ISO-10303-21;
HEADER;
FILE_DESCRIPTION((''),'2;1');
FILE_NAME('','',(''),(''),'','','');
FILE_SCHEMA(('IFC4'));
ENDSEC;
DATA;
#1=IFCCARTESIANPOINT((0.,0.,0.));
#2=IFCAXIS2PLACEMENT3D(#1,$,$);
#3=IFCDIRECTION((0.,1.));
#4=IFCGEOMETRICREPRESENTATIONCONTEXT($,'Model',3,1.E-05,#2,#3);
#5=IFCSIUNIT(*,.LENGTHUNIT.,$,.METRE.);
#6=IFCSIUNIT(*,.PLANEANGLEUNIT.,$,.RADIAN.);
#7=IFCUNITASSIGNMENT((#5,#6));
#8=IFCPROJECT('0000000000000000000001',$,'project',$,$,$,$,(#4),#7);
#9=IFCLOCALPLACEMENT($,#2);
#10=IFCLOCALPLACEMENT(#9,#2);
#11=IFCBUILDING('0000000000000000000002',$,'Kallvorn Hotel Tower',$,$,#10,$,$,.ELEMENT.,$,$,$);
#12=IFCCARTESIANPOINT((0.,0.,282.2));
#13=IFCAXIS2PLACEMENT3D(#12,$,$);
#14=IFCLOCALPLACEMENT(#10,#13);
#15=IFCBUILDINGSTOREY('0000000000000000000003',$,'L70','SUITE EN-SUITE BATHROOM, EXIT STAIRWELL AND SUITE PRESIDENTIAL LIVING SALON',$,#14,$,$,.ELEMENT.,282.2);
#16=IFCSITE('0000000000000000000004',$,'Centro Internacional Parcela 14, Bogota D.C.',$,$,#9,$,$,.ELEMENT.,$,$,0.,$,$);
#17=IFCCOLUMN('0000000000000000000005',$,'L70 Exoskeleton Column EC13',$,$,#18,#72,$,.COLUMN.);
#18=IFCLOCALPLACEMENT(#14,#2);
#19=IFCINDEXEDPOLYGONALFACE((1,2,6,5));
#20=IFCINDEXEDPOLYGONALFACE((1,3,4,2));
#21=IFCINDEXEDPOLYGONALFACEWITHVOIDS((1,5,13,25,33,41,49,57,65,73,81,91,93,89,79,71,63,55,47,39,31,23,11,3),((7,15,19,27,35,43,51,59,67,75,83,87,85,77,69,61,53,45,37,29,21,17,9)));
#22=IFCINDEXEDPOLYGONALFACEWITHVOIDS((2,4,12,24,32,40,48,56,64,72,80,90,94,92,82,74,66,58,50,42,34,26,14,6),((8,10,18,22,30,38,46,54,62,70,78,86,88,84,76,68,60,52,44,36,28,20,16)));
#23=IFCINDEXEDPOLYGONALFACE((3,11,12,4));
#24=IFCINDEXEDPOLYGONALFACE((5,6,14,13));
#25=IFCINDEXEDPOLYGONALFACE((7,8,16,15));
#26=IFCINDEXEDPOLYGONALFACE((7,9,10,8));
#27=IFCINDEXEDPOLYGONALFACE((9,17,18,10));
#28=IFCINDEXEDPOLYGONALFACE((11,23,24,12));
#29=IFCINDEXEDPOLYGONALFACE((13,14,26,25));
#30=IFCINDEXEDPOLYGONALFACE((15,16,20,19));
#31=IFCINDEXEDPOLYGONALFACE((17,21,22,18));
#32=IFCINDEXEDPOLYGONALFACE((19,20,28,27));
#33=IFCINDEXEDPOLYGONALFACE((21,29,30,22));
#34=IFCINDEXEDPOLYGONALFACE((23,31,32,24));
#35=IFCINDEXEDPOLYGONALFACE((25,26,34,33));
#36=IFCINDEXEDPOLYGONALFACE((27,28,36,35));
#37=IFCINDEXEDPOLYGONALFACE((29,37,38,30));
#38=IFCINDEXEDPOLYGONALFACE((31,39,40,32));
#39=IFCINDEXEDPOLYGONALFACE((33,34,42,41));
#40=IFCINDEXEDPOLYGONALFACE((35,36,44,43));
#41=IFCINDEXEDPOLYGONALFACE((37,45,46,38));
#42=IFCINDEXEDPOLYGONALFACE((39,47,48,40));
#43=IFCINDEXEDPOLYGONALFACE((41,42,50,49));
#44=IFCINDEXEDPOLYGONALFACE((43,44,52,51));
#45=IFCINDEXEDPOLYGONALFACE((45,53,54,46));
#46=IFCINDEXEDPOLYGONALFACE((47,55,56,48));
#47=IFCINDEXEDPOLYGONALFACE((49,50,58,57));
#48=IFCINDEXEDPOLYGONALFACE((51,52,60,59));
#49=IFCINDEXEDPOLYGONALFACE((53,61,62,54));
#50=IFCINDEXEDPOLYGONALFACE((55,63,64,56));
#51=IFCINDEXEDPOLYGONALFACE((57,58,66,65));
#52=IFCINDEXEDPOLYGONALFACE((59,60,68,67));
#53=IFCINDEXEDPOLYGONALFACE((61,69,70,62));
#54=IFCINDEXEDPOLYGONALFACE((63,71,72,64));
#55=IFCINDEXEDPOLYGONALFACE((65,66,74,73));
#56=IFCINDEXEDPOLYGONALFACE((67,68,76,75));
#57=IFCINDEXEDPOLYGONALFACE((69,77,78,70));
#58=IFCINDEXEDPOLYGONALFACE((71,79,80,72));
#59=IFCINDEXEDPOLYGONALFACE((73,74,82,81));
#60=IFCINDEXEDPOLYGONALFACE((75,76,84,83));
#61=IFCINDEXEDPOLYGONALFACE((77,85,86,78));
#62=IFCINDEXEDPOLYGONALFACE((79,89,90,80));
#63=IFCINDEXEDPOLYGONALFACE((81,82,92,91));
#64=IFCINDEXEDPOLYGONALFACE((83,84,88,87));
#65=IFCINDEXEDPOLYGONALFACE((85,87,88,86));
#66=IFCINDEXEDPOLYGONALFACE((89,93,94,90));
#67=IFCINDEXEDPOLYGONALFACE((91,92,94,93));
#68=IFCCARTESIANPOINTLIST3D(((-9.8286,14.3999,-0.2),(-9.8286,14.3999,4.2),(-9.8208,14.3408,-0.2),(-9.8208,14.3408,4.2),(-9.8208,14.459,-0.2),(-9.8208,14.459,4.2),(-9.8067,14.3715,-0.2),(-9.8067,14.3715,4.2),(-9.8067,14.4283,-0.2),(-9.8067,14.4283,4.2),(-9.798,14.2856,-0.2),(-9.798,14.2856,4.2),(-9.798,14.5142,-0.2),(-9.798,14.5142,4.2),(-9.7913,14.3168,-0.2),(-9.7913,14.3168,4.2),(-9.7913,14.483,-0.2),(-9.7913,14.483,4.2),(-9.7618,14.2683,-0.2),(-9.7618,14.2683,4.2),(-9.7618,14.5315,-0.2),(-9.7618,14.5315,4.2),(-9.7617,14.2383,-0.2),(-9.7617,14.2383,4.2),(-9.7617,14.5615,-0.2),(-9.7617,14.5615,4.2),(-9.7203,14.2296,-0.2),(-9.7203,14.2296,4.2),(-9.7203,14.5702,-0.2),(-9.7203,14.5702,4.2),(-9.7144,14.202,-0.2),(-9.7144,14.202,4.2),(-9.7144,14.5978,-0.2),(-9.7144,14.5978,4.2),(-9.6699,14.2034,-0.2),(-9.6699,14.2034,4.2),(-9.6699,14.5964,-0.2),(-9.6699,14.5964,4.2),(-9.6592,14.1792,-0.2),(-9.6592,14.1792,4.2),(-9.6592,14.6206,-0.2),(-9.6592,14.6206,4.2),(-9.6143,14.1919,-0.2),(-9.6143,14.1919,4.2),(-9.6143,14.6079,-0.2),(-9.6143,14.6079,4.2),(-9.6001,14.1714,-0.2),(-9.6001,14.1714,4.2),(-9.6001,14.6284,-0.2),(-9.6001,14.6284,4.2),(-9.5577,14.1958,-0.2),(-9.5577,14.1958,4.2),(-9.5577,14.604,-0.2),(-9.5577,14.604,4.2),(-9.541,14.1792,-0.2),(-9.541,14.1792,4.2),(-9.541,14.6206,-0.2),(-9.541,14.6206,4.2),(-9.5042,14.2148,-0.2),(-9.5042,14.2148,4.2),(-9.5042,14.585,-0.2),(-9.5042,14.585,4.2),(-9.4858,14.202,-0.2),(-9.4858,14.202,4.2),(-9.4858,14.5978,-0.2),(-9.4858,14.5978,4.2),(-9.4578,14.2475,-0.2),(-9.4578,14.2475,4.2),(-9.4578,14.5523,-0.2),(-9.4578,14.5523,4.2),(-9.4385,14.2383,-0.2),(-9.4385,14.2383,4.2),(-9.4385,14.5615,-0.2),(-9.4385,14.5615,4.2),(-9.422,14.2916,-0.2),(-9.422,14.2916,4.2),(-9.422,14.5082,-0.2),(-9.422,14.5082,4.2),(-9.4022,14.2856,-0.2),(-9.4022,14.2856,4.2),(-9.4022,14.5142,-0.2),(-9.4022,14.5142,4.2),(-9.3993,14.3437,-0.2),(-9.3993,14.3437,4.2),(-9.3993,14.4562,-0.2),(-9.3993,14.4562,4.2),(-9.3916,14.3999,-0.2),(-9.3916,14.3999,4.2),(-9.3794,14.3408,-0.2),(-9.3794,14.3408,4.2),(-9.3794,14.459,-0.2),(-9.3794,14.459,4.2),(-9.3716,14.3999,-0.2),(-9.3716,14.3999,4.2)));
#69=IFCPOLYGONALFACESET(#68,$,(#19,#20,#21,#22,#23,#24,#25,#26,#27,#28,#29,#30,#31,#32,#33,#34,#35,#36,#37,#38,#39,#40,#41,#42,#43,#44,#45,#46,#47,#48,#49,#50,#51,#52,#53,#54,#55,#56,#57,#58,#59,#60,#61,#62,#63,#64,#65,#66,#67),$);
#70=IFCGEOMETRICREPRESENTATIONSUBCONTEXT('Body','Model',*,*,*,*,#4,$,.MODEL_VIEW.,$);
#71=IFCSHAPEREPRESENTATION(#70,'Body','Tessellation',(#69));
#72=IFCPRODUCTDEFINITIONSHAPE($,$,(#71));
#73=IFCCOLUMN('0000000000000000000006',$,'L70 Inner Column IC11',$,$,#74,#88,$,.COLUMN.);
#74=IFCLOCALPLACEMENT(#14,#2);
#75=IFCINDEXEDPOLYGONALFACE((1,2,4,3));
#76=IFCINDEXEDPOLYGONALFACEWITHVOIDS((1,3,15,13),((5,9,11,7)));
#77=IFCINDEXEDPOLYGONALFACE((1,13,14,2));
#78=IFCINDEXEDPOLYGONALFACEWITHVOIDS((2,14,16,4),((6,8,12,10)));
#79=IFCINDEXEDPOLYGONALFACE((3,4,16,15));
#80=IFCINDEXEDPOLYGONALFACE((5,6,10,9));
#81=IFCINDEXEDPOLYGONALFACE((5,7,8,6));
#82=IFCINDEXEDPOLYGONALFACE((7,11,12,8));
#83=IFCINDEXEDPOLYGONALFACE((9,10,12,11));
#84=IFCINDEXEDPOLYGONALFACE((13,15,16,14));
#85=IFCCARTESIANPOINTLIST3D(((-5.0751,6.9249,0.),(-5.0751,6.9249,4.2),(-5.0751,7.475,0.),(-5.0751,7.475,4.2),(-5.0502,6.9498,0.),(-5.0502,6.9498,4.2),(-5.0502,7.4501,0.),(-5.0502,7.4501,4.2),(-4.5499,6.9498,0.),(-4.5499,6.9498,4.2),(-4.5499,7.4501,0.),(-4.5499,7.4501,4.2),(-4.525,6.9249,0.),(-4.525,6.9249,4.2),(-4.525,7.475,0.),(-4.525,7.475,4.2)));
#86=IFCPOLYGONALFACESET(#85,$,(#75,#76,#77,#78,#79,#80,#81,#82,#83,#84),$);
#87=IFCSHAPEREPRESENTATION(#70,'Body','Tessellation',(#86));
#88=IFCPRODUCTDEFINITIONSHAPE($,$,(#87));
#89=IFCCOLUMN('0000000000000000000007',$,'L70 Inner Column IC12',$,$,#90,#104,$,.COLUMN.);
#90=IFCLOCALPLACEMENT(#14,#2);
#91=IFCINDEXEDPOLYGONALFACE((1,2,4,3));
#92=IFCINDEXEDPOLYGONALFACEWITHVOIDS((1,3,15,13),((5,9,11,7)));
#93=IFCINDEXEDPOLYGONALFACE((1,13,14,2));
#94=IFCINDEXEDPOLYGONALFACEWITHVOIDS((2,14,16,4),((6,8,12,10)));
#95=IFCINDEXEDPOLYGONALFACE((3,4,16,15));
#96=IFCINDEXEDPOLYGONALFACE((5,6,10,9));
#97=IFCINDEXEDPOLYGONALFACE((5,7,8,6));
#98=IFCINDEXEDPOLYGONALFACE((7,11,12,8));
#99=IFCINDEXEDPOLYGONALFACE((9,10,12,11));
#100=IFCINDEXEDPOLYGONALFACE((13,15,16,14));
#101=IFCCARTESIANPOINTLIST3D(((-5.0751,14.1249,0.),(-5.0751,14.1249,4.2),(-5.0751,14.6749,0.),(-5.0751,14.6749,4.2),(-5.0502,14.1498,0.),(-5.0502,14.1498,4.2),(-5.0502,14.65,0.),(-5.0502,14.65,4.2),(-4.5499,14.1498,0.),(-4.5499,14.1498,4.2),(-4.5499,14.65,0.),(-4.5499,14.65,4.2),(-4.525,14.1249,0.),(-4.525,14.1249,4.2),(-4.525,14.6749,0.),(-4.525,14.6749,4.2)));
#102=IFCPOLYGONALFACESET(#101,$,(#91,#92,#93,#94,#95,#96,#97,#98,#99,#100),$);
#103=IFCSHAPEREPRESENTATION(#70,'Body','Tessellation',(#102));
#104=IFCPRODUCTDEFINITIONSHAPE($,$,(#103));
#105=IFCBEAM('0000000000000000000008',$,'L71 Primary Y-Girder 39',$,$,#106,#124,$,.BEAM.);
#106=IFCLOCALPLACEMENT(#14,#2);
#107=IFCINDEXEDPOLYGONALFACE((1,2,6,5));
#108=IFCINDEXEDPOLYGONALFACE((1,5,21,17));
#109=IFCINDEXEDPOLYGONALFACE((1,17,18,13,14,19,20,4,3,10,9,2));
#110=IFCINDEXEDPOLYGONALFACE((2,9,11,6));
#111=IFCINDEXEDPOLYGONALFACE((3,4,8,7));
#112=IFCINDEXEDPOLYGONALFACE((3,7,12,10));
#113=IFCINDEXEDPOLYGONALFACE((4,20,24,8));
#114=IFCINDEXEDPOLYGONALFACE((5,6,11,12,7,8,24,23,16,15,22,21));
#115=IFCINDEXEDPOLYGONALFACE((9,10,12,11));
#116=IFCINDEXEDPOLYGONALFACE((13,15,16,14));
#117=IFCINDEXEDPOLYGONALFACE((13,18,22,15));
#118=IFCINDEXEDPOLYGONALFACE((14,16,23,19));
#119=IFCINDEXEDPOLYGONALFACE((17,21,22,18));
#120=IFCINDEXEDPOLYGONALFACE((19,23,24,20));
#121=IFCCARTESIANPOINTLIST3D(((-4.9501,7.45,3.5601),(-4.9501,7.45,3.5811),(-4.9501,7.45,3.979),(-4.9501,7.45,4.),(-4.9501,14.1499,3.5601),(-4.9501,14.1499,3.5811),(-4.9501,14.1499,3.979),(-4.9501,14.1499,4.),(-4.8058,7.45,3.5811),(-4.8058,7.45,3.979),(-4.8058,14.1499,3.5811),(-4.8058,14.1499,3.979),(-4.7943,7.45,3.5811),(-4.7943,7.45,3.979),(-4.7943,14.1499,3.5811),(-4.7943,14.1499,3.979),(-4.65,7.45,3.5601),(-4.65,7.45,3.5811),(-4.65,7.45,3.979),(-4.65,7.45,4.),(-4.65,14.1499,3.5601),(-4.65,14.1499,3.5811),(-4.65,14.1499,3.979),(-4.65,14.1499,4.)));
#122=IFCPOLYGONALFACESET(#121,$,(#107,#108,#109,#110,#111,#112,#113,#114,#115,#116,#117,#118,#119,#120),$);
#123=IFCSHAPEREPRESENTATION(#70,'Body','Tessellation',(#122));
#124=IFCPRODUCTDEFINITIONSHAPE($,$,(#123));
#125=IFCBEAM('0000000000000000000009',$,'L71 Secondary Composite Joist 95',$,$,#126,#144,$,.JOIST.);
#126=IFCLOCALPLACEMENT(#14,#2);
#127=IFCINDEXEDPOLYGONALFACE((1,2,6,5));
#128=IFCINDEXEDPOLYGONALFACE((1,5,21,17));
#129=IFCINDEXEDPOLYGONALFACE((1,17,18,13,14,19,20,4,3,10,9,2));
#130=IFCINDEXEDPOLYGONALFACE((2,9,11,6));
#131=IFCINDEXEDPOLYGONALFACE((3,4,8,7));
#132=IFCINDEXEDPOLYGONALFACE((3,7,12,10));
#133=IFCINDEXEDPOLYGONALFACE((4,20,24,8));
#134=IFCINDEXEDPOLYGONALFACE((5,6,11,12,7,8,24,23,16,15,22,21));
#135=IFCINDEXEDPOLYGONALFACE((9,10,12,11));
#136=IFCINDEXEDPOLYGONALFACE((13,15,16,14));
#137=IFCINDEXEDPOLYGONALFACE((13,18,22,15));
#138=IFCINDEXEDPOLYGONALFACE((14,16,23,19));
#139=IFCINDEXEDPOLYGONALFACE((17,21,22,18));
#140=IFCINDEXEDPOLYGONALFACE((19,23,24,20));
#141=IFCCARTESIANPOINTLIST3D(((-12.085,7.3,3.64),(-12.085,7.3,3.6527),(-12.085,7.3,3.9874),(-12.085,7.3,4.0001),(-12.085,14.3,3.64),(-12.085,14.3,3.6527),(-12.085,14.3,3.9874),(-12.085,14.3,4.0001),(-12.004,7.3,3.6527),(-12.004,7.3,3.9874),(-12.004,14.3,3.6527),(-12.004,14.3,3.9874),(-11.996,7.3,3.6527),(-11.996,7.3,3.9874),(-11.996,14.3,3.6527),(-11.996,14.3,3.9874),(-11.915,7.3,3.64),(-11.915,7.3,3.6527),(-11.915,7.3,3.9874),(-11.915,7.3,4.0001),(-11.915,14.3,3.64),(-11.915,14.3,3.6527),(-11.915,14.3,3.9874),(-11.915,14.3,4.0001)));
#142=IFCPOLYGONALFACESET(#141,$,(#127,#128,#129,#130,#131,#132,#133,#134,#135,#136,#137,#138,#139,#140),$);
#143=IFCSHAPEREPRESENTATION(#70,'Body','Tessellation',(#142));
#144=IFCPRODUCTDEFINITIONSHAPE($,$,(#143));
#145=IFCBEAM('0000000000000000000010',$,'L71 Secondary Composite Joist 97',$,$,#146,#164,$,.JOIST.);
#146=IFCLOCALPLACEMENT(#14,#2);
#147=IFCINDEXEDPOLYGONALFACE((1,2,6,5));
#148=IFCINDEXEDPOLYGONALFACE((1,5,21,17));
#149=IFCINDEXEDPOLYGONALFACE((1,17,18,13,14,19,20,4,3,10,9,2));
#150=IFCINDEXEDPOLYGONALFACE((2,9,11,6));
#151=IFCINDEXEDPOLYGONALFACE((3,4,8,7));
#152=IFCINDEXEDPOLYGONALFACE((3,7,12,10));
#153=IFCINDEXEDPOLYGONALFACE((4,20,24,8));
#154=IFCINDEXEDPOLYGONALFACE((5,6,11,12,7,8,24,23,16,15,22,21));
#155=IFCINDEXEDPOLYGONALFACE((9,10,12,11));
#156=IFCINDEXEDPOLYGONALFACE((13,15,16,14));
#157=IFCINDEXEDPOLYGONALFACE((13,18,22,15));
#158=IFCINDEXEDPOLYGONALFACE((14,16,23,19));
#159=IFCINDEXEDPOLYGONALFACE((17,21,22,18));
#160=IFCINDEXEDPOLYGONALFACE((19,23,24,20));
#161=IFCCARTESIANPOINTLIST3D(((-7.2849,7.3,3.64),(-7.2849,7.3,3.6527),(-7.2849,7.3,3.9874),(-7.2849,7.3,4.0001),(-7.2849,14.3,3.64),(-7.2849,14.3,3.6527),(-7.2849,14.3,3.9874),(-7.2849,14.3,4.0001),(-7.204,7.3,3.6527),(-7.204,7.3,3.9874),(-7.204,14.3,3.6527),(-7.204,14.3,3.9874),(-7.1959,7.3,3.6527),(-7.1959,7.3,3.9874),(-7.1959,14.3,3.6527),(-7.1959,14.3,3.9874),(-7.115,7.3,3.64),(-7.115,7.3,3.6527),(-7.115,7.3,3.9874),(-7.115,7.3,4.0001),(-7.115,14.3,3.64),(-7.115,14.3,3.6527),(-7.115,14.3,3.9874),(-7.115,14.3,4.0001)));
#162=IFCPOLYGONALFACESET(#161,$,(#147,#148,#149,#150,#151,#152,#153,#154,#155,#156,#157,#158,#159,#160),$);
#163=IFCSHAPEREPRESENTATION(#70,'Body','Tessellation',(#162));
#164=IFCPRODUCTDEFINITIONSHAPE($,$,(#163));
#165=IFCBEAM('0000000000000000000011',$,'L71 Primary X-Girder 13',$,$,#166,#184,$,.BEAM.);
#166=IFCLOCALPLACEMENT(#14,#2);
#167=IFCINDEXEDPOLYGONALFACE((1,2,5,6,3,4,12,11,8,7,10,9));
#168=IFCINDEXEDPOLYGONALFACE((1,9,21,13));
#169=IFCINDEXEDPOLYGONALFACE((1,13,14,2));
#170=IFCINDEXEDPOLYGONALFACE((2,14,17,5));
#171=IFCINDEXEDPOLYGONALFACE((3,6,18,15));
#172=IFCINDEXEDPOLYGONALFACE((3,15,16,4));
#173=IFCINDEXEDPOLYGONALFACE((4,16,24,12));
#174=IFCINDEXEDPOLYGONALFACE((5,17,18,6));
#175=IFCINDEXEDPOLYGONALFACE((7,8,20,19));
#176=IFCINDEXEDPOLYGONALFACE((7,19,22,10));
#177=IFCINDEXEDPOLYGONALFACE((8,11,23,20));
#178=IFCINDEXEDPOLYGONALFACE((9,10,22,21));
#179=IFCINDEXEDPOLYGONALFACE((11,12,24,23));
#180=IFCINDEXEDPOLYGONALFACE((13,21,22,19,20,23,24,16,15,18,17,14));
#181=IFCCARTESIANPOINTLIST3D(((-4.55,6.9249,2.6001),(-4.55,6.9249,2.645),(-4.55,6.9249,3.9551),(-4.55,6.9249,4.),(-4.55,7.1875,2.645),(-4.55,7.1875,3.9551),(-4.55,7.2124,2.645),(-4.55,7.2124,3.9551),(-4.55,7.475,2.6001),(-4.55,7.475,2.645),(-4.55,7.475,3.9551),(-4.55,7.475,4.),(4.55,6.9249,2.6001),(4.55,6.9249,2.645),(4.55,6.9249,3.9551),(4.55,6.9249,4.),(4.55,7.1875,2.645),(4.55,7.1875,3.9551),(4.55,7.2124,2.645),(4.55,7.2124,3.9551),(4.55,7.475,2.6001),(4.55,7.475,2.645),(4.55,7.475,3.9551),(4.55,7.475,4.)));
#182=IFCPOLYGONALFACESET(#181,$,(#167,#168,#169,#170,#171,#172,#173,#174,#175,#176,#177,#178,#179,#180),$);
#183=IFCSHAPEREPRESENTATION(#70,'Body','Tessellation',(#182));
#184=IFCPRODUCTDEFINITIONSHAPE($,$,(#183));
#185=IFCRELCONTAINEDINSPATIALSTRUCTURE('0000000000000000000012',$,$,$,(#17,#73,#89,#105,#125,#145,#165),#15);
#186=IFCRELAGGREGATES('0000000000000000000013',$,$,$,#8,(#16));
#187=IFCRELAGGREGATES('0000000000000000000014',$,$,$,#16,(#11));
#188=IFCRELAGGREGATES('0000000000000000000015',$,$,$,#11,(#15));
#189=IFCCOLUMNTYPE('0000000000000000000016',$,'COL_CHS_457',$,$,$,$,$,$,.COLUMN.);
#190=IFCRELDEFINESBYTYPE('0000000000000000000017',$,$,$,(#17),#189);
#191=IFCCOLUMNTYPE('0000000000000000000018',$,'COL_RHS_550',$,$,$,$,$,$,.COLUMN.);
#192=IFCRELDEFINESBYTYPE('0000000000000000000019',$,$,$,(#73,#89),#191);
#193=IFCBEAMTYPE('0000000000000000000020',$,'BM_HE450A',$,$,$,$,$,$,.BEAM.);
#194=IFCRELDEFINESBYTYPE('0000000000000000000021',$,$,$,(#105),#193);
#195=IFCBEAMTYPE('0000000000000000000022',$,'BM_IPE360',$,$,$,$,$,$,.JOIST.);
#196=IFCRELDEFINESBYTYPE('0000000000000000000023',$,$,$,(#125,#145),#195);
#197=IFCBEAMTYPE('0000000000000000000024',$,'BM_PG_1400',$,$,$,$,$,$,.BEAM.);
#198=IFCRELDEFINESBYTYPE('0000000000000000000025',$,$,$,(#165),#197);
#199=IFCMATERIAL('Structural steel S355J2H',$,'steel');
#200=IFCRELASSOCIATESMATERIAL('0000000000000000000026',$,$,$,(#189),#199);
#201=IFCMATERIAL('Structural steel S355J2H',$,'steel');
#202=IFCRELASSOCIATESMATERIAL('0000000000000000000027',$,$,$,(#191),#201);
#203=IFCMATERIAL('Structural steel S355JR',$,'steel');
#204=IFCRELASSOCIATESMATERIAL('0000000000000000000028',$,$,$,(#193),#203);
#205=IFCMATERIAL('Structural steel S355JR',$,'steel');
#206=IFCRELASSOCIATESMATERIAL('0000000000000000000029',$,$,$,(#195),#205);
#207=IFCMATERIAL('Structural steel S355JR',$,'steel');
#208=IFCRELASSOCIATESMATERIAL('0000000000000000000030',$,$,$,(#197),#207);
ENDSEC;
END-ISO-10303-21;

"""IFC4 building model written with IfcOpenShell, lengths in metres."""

from ifc_helpers import new_model, si_unit, direction, frame, origin, origin_2d, place, context, subcontext, project, spatial, hollow_rectangle, hollow_circle, i_section, extrude, material, material_profile, profile_set, type_object, element, save


model = new_model("IFC4")

# Units and contexts
model_context = context("Model", 3, precision=1e-05, world=origin(), true_north=direction((0.0, 1.0)))
body_context = subcontext(model_context, "Body", "Model", "MODEL_VIEW")
ifc_project = project(units=[si_unit("LENGTHUNIT", "METRE"), si_unit("PLANEANGLEUNIT", "RADIAN")], contexts=[model_context])

# Site, building, storey
site_placement = place(None, origin())
site = spatial("IfcSite", under=ifc_project, at=site_placement, Name="Centro Internacional Parcela 14, Bogota D.C.", CompositionType="ELEMENT", RefElevation=0.0)
building_placement = place(site_placement, origin())
building = spatial("IfcBuilding", under=site, at=building_placement, Name="Kallvorn Hotel Tower", CompositionType="ELEMENT")
storey_placement = place(building_placement, frame((0.0, 0.0, 282.2)))
storey = spatial("IfcBuildingStorey", under=building, at=storey_placement, Name="L70", Description="SUITE EN-SUITE BATHROOM, EXIT STAIRWELL AND SUITE PRESIDENTIAL LIVING SALON", CompositionType="ELEMENT", Elevation=282.2)

# Columns
ifc_material_1 = material(Name="Structural steel S355J2H", Category="steel")
ifc_material_profile_1 = material_profile(ifc_material_1, hollow_circle(Radius=0.2285, WallThickness=0.02, at=origin_2d()), Name="CHS 457x20")
ifc_profile_set_1 = profile_set([ifc_material_profile_1], Name="Structural steel S355J2H")
column_type_1 = type_object("IfcColumnType", Name="COL_CHS_457", PredefinedType="COLUMN", material=ifc_profile_set_1)
column_placement = place(storey_placement, frame((-9.6001, 14.3999, -0.2), z_axis=(0.0, 0.0, 1.0), x_axis=(1.0, 0.0, 0.0)))
element("IfcColumn", 1, at=column_placement, inside=storey, type_object=column_type_1, Name="L70 Exoskeleton Column EC13", PredefinedType="COLUMN", context=body_context, shape_type="SweptSolid", body=[
    extrude(hollow_circle(Radius=0.2285, WallThickness=0.02, at=origin_2d()), origin(), (0.0, 0.0, 1.0), 4.3999),
])
ifc_material_2 = material(Name="Structural steel S355J2H", Category="steel")
ifc_material_profile_2 = material_profile(ifc_material_2, hollow_rectangle(XDim=0.55, YDim=0.55, WallThickness=0.0249, at=origin_2d()), Name="RHS 550x550x25")
ifc_profile_set_2 = profile_set([ifc_material_profile_2], Name="Structural steel S355J2H")
column_type_2 = type_object("IfcColumnType", Name="COL_RHS_550", PredefinedType="COLUMN", material=ifc_profile_set_2)
for number, where, z_axis, x_axis, name in (
    (2, (-4.8, 7.2, 0.0), (0.0, 0.0, 1.0), (1.0, 0.0, 0.0), "L70 Inner Column IC11"),
    (3, (-4.8, 14.3999, 0.0), (0.0, 0.0, 1.0), (1.0, 0.0, 0.0), "L70 Inner Column IC12"),
):
    element("IfcColumn", number, at=place(storey_placement, frame(where, z_axis=z_axis, x_axis=x_axis)), inside=storey, type_object=column_type_2, Name=name, PredefinedType="COLUMN", context=body_context, shape_type="SweptSolid", body=[
        extrude(hollow_rectangle(XDim=0.55, YDim=0.55, WallThickness=0.0249, at=origin_2d()), origin(), (0.0, 0.0, 1.0), 4.2),
    ])

# Beams
ifc_material_3 = material(Name="Structural steel S355JR", Category="steel")
ifc_material_profile_3 = material_profile(ifc_material_3, i_section(OverallWidth=0.3, OverallDepth=0.4399, WebThickness=0.0115, FlangeThickness=0.021, at=origin_2d()), Name="HE 450 A")
ifc_profile_set_3 = profile_set([ifc_material_profile_3], Name="Structural steel S355JR")
beam_type_1 = type_object("IfcBeamType", Name="BM_HE450A", PredefinedType="BEAM", material=ifc_profile_set_3)
beam_1_placement = place(storey_placement, frame((-4.8, 7.45, 3.78), z_axis=(0.0, 1.0, 0.0), x_axis=(-1.0, 0.0, 0.0)))
element("IfcBeam", 4, at=beam_1_placement, inside=storey, type_object=beam_type_1, Name="L71 Primary Y-Girder 39", PredefinedType="BEAM", context=body_context, shape_type="SweptSolid", body=[
    extrude(i_section(OverallWidth=0.3, OverallDepth=0.4399, WebThickness=0.0115, FlangeThickness=0.021, at=origin_2d()), origin(), (0.0, 0.0, 1.0), 6.7),
])
ifc_material_4 = material(Name="Structural steel S355JR", Category="steel")
ifc_material_profile_4 = material_profile(ifc_material_4, i_section(OverallWidth=0.1699, OverallDepth=0.3601, WebThickness=0.0081, FlangeThickness=0.0127, at=origin_2d()), Name="IPE 360")
ifc_profile_set_4 = profile_set([ifc_material_profile_4], Name="Structural steel S355JR")
beam_type_2 = type_object("IfcBeamType", Name="BM_IPE360", PredefinedType="JOIST", material=ifc_profile_set_4)
for number, where, z_axis, x_axis, name in (
    (5, (-12.0, 7.3, 3.8201), (0.0, 1.0, 0.0), (-1.0, 0.0, 0.0), "L71 Secondary Composite Joist 95"),
    (6, (-7.2, 7.3, 3.8201), (0.0, 1.0, 0.0), (-1.0, 0.0, 0.0), "L71 Secondary Composite Joist 97"),
):
    element("IfcBeam", number, at=place(storey_placement, frame(where, z_axis=z_axis, x_axis=x_axis)), inside=storey, type_object=beam_type_2, Name=name, PredefinedType="JOIST", context=body_context, shape_type="SweptSolid", body=[
        extrude(i_section(OverallWidth=0.1699, OverallDepth=0.3601, WebThickness=0.0081, FlangeThickness=0.0127, at=origin_2d()), origin(), (0.0, 0.0, 1.0), 7.0),
    ])
ifc_material_5 = material(Name="Structural steel S355JR", Category="steel")
ifc_material_profile_5 = material_profile(ifc_material_5, i_section(OverallWidth=0.55, OverallDepth=1.3999, WebThickness=0.0249, FlangeThickness=0.0449, at=origin_2d()), Name="PG 1400x550x25x45")
ifc_profile_set_5 = profile_set([ifc_material_profile_5], Name="Structural steel S355JR")
beam_type_3 = type_object("IfcBeamType", Name="BM_PG_1400", PredefinedType="BEAM", material=ifc_profile_set_5)
beam_2_placement = place(storey_placement, frame((-4.55, 7.2, 3.3), z_axis=(1.0, 0.0, 0.0), x_axis=(0.0, 1.0, 0.0)))
element("IfcBeam", 7, at=beam_2_placement, inside=storey, type_object=beam_type_3, Name="L71 Primary X-Girder 13", PredefinedType="BEAM", context=body_context, shape_type="SweptSolid", body=[
    extrude(i_section(OverallWidth=0.55, OverallDepth=1.3999, WebThickness=0.0249, FlangeThickness=0.0449, at=origin_2d()), origin(), (0.0, 0.0, 1.0), 9.1001),
])

save(model, "model.ifc")
